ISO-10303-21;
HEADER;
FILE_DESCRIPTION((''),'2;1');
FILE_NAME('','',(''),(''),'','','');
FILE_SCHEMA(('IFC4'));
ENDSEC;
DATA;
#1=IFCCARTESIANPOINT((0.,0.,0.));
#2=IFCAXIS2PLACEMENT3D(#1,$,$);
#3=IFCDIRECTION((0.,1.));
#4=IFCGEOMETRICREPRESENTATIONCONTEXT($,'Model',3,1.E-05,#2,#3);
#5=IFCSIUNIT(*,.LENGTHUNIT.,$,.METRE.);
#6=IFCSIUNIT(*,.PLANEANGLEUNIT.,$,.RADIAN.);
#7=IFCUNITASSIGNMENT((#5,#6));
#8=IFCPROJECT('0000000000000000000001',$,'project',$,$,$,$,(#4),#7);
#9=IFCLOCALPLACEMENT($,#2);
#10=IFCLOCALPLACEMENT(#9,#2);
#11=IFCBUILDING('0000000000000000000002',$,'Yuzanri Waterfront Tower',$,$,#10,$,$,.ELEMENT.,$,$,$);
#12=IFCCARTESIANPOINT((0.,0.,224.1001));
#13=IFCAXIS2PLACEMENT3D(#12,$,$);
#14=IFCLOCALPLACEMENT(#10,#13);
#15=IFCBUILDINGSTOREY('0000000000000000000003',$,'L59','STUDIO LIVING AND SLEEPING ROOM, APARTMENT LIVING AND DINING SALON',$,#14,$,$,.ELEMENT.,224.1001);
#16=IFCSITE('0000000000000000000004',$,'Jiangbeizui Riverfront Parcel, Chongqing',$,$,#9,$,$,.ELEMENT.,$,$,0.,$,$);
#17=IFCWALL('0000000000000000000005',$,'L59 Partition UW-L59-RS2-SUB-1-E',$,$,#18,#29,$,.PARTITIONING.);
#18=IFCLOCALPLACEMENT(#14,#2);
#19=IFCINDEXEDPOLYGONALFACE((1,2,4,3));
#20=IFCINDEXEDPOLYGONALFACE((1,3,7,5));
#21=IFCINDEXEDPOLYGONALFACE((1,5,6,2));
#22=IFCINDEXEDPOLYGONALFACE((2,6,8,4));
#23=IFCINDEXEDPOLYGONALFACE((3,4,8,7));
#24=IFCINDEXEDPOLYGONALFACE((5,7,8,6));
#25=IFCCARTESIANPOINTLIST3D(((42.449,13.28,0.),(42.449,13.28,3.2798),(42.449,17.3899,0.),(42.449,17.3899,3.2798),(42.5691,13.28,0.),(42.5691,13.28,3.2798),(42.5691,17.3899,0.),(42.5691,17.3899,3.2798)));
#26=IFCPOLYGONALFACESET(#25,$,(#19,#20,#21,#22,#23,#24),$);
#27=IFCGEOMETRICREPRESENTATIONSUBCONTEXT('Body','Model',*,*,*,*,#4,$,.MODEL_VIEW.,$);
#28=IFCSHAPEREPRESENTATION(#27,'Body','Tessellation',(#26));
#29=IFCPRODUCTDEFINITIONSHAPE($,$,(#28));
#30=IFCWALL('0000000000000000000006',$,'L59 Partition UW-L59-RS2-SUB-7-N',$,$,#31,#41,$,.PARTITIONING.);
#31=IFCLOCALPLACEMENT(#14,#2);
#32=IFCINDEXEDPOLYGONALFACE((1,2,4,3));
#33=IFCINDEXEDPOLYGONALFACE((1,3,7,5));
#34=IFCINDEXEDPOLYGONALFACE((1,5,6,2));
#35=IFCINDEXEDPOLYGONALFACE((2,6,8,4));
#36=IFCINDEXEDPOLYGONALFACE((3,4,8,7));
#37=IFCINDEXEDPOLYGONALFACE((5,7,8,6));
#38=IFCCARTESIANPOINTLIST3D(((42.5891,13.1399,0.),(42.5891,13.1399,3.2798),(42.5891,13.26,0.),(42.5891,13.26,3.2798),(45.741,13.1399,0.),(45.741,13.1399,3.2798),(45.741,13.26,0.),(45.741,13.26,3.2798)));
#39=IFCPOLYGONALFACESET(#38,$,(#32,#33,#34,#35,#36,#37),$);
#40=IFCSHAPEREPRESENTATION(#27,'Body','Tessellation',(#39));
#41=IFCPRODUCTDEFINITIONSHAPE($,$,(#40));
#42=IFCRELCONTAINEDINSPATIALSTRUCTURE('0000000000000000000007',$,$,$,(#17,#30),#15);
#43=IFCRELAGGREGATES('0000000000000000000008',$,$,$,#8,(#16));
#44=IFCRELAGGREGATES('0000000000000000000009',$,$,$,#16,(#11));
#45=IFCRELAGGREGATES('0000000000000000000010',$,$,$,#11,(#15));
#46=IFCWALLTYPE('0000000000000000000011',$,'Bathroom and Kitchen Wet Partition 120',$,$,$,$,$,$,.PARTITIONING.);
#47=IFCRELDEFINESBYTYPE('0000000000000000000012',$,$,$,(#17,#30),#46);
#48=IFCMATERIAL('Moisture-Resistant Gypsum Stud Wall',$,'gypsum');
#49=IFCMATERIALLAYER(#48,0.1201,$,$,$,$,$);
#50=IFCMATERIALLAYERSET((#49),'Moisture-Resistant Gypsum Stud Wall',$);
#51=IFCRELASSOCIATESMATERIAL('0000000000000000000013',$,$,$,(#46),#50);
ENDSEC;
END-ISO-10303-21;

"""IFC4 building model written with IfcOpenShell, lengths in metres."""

from ifc_helpers import new_model, si_unit, direction, frame, frame_2d, origin, place, context, subcontext, project, spatial, rectangle, extrude, source, transform, mapped, material, layer, layer_set, type_object, element, save


model = new_model("IFC4")

# Units and contexts
model_context = context("Model", 3, precision=1e-05, world=origin(), true_north=direction((0.0, 1.0)))
body_context = subcontext(model_context, "Body", "Model", "MODEL_VIEW")
ifc_project = project(units=[si_unit("LENGTHUNIT", "METRE"), si_unit("PLANEANGLEUNIT", "RADIAN")], contexts=[model_context])

# Site, building, storey
site_placement = place(None, origin())
site = spatial("IfcSite", under=ifc_project, at=site_placement, Name="Jiangbeizui Riverfront Parcel, Chongqing", CompositionType="ELEMENT", RefElevation=0.0)
building_placement = place(site_placement, origin())
building = spatial("IfcBuilding", under=site, at=building_placement, Name="Yuzanri Waterfront Tower", CompositionType="ELEMENT")
storey_placement = place(building_placement, frame((0.0, 0.0, 224.1001)))
storey = spatial("IfcBuildingStorey", under=building, at=storey_placement, Name="L59", Description="STUDIO LIVING AND SLEEPING ROOM, APARTMENT LIVING AND DINING SALON", CompositionType="ELEMENT", Elevation=224.1001)

# Shared definitions
ifc_material_1 = material(Name="Moisture-Resistant Gypsum Stud Wall", Category="gypsum")
ifc_layer_1 = layer(ifc_material_1, 0.1201)
ifc_layer_set_1 = layer_set([ifc_layer_1], Name="Moisture-Resistant Gypsum Stud Wall")
wall_type_1 = type_object("IfcWallType", Name="Bathroom and Kitchen Wet Partition 120", PredefinedType="PARTITIONING", material=ifc_layer_set_1)

# Walls
shared_shape_1 = source(origin(), body_context, "Body", "SweptSolid", [
    extrude(rectangle(XDim=4.1099, YDim=0.1201, at=frame_2d((2.0549, 0.0))), origin(), (0.0, 0.0, 1.0), 3.2798),
])
wall_1_placement = place(storey_placement, frame((42.509, 13.28, 0.0), z_axis=(0.0, 0.0, 1.0), x_axis=(0.0, 1.0, 0.0)))
element("IfcWall", 1, at=wall_1_placement, inside=storey, type_object=wall_type_1, Name="L59 Partition UW-L59-RS2-SUB-1-E", PredefinedType="PARTITIONING", context=body_context, shape_type="MappedRepresentation", body=[
    mapped(shared_shape_1, transform((0.0, 0.0, 0.0), scale=1.0)),
])
shared_shape_2 = source(origin(), body_context, "Body", "SweptSolid", [
    extrude(rectangle(XDim=3.1519, YDim=0.1201, at=frame_2d((1.5759, 0.0))), origin(), (0.0, 0.0, 1.0), 3.2798),
])
wall_2_placement = place(storey_placement, frame((42.5891, 13.2, 0.0), z_axis=(0.0, 0.0, 1.0), x_axis=(1.0, 0.0, 0.0)))
element("IfcWall", 2, at=wall_2_placement, inside=storey, type_object=wall_type_1, Name="L59 Partition UW-L59-RS2-SUB-7-N", PredefinedType="PARTITIONING", context=body_context, shape_type="MappedRepresentation", body=[
    mapped(shared_shape_2, transform((0.0, 0.0, 0.0), scale=1.0)),
])

save(model, "model.ifc")
